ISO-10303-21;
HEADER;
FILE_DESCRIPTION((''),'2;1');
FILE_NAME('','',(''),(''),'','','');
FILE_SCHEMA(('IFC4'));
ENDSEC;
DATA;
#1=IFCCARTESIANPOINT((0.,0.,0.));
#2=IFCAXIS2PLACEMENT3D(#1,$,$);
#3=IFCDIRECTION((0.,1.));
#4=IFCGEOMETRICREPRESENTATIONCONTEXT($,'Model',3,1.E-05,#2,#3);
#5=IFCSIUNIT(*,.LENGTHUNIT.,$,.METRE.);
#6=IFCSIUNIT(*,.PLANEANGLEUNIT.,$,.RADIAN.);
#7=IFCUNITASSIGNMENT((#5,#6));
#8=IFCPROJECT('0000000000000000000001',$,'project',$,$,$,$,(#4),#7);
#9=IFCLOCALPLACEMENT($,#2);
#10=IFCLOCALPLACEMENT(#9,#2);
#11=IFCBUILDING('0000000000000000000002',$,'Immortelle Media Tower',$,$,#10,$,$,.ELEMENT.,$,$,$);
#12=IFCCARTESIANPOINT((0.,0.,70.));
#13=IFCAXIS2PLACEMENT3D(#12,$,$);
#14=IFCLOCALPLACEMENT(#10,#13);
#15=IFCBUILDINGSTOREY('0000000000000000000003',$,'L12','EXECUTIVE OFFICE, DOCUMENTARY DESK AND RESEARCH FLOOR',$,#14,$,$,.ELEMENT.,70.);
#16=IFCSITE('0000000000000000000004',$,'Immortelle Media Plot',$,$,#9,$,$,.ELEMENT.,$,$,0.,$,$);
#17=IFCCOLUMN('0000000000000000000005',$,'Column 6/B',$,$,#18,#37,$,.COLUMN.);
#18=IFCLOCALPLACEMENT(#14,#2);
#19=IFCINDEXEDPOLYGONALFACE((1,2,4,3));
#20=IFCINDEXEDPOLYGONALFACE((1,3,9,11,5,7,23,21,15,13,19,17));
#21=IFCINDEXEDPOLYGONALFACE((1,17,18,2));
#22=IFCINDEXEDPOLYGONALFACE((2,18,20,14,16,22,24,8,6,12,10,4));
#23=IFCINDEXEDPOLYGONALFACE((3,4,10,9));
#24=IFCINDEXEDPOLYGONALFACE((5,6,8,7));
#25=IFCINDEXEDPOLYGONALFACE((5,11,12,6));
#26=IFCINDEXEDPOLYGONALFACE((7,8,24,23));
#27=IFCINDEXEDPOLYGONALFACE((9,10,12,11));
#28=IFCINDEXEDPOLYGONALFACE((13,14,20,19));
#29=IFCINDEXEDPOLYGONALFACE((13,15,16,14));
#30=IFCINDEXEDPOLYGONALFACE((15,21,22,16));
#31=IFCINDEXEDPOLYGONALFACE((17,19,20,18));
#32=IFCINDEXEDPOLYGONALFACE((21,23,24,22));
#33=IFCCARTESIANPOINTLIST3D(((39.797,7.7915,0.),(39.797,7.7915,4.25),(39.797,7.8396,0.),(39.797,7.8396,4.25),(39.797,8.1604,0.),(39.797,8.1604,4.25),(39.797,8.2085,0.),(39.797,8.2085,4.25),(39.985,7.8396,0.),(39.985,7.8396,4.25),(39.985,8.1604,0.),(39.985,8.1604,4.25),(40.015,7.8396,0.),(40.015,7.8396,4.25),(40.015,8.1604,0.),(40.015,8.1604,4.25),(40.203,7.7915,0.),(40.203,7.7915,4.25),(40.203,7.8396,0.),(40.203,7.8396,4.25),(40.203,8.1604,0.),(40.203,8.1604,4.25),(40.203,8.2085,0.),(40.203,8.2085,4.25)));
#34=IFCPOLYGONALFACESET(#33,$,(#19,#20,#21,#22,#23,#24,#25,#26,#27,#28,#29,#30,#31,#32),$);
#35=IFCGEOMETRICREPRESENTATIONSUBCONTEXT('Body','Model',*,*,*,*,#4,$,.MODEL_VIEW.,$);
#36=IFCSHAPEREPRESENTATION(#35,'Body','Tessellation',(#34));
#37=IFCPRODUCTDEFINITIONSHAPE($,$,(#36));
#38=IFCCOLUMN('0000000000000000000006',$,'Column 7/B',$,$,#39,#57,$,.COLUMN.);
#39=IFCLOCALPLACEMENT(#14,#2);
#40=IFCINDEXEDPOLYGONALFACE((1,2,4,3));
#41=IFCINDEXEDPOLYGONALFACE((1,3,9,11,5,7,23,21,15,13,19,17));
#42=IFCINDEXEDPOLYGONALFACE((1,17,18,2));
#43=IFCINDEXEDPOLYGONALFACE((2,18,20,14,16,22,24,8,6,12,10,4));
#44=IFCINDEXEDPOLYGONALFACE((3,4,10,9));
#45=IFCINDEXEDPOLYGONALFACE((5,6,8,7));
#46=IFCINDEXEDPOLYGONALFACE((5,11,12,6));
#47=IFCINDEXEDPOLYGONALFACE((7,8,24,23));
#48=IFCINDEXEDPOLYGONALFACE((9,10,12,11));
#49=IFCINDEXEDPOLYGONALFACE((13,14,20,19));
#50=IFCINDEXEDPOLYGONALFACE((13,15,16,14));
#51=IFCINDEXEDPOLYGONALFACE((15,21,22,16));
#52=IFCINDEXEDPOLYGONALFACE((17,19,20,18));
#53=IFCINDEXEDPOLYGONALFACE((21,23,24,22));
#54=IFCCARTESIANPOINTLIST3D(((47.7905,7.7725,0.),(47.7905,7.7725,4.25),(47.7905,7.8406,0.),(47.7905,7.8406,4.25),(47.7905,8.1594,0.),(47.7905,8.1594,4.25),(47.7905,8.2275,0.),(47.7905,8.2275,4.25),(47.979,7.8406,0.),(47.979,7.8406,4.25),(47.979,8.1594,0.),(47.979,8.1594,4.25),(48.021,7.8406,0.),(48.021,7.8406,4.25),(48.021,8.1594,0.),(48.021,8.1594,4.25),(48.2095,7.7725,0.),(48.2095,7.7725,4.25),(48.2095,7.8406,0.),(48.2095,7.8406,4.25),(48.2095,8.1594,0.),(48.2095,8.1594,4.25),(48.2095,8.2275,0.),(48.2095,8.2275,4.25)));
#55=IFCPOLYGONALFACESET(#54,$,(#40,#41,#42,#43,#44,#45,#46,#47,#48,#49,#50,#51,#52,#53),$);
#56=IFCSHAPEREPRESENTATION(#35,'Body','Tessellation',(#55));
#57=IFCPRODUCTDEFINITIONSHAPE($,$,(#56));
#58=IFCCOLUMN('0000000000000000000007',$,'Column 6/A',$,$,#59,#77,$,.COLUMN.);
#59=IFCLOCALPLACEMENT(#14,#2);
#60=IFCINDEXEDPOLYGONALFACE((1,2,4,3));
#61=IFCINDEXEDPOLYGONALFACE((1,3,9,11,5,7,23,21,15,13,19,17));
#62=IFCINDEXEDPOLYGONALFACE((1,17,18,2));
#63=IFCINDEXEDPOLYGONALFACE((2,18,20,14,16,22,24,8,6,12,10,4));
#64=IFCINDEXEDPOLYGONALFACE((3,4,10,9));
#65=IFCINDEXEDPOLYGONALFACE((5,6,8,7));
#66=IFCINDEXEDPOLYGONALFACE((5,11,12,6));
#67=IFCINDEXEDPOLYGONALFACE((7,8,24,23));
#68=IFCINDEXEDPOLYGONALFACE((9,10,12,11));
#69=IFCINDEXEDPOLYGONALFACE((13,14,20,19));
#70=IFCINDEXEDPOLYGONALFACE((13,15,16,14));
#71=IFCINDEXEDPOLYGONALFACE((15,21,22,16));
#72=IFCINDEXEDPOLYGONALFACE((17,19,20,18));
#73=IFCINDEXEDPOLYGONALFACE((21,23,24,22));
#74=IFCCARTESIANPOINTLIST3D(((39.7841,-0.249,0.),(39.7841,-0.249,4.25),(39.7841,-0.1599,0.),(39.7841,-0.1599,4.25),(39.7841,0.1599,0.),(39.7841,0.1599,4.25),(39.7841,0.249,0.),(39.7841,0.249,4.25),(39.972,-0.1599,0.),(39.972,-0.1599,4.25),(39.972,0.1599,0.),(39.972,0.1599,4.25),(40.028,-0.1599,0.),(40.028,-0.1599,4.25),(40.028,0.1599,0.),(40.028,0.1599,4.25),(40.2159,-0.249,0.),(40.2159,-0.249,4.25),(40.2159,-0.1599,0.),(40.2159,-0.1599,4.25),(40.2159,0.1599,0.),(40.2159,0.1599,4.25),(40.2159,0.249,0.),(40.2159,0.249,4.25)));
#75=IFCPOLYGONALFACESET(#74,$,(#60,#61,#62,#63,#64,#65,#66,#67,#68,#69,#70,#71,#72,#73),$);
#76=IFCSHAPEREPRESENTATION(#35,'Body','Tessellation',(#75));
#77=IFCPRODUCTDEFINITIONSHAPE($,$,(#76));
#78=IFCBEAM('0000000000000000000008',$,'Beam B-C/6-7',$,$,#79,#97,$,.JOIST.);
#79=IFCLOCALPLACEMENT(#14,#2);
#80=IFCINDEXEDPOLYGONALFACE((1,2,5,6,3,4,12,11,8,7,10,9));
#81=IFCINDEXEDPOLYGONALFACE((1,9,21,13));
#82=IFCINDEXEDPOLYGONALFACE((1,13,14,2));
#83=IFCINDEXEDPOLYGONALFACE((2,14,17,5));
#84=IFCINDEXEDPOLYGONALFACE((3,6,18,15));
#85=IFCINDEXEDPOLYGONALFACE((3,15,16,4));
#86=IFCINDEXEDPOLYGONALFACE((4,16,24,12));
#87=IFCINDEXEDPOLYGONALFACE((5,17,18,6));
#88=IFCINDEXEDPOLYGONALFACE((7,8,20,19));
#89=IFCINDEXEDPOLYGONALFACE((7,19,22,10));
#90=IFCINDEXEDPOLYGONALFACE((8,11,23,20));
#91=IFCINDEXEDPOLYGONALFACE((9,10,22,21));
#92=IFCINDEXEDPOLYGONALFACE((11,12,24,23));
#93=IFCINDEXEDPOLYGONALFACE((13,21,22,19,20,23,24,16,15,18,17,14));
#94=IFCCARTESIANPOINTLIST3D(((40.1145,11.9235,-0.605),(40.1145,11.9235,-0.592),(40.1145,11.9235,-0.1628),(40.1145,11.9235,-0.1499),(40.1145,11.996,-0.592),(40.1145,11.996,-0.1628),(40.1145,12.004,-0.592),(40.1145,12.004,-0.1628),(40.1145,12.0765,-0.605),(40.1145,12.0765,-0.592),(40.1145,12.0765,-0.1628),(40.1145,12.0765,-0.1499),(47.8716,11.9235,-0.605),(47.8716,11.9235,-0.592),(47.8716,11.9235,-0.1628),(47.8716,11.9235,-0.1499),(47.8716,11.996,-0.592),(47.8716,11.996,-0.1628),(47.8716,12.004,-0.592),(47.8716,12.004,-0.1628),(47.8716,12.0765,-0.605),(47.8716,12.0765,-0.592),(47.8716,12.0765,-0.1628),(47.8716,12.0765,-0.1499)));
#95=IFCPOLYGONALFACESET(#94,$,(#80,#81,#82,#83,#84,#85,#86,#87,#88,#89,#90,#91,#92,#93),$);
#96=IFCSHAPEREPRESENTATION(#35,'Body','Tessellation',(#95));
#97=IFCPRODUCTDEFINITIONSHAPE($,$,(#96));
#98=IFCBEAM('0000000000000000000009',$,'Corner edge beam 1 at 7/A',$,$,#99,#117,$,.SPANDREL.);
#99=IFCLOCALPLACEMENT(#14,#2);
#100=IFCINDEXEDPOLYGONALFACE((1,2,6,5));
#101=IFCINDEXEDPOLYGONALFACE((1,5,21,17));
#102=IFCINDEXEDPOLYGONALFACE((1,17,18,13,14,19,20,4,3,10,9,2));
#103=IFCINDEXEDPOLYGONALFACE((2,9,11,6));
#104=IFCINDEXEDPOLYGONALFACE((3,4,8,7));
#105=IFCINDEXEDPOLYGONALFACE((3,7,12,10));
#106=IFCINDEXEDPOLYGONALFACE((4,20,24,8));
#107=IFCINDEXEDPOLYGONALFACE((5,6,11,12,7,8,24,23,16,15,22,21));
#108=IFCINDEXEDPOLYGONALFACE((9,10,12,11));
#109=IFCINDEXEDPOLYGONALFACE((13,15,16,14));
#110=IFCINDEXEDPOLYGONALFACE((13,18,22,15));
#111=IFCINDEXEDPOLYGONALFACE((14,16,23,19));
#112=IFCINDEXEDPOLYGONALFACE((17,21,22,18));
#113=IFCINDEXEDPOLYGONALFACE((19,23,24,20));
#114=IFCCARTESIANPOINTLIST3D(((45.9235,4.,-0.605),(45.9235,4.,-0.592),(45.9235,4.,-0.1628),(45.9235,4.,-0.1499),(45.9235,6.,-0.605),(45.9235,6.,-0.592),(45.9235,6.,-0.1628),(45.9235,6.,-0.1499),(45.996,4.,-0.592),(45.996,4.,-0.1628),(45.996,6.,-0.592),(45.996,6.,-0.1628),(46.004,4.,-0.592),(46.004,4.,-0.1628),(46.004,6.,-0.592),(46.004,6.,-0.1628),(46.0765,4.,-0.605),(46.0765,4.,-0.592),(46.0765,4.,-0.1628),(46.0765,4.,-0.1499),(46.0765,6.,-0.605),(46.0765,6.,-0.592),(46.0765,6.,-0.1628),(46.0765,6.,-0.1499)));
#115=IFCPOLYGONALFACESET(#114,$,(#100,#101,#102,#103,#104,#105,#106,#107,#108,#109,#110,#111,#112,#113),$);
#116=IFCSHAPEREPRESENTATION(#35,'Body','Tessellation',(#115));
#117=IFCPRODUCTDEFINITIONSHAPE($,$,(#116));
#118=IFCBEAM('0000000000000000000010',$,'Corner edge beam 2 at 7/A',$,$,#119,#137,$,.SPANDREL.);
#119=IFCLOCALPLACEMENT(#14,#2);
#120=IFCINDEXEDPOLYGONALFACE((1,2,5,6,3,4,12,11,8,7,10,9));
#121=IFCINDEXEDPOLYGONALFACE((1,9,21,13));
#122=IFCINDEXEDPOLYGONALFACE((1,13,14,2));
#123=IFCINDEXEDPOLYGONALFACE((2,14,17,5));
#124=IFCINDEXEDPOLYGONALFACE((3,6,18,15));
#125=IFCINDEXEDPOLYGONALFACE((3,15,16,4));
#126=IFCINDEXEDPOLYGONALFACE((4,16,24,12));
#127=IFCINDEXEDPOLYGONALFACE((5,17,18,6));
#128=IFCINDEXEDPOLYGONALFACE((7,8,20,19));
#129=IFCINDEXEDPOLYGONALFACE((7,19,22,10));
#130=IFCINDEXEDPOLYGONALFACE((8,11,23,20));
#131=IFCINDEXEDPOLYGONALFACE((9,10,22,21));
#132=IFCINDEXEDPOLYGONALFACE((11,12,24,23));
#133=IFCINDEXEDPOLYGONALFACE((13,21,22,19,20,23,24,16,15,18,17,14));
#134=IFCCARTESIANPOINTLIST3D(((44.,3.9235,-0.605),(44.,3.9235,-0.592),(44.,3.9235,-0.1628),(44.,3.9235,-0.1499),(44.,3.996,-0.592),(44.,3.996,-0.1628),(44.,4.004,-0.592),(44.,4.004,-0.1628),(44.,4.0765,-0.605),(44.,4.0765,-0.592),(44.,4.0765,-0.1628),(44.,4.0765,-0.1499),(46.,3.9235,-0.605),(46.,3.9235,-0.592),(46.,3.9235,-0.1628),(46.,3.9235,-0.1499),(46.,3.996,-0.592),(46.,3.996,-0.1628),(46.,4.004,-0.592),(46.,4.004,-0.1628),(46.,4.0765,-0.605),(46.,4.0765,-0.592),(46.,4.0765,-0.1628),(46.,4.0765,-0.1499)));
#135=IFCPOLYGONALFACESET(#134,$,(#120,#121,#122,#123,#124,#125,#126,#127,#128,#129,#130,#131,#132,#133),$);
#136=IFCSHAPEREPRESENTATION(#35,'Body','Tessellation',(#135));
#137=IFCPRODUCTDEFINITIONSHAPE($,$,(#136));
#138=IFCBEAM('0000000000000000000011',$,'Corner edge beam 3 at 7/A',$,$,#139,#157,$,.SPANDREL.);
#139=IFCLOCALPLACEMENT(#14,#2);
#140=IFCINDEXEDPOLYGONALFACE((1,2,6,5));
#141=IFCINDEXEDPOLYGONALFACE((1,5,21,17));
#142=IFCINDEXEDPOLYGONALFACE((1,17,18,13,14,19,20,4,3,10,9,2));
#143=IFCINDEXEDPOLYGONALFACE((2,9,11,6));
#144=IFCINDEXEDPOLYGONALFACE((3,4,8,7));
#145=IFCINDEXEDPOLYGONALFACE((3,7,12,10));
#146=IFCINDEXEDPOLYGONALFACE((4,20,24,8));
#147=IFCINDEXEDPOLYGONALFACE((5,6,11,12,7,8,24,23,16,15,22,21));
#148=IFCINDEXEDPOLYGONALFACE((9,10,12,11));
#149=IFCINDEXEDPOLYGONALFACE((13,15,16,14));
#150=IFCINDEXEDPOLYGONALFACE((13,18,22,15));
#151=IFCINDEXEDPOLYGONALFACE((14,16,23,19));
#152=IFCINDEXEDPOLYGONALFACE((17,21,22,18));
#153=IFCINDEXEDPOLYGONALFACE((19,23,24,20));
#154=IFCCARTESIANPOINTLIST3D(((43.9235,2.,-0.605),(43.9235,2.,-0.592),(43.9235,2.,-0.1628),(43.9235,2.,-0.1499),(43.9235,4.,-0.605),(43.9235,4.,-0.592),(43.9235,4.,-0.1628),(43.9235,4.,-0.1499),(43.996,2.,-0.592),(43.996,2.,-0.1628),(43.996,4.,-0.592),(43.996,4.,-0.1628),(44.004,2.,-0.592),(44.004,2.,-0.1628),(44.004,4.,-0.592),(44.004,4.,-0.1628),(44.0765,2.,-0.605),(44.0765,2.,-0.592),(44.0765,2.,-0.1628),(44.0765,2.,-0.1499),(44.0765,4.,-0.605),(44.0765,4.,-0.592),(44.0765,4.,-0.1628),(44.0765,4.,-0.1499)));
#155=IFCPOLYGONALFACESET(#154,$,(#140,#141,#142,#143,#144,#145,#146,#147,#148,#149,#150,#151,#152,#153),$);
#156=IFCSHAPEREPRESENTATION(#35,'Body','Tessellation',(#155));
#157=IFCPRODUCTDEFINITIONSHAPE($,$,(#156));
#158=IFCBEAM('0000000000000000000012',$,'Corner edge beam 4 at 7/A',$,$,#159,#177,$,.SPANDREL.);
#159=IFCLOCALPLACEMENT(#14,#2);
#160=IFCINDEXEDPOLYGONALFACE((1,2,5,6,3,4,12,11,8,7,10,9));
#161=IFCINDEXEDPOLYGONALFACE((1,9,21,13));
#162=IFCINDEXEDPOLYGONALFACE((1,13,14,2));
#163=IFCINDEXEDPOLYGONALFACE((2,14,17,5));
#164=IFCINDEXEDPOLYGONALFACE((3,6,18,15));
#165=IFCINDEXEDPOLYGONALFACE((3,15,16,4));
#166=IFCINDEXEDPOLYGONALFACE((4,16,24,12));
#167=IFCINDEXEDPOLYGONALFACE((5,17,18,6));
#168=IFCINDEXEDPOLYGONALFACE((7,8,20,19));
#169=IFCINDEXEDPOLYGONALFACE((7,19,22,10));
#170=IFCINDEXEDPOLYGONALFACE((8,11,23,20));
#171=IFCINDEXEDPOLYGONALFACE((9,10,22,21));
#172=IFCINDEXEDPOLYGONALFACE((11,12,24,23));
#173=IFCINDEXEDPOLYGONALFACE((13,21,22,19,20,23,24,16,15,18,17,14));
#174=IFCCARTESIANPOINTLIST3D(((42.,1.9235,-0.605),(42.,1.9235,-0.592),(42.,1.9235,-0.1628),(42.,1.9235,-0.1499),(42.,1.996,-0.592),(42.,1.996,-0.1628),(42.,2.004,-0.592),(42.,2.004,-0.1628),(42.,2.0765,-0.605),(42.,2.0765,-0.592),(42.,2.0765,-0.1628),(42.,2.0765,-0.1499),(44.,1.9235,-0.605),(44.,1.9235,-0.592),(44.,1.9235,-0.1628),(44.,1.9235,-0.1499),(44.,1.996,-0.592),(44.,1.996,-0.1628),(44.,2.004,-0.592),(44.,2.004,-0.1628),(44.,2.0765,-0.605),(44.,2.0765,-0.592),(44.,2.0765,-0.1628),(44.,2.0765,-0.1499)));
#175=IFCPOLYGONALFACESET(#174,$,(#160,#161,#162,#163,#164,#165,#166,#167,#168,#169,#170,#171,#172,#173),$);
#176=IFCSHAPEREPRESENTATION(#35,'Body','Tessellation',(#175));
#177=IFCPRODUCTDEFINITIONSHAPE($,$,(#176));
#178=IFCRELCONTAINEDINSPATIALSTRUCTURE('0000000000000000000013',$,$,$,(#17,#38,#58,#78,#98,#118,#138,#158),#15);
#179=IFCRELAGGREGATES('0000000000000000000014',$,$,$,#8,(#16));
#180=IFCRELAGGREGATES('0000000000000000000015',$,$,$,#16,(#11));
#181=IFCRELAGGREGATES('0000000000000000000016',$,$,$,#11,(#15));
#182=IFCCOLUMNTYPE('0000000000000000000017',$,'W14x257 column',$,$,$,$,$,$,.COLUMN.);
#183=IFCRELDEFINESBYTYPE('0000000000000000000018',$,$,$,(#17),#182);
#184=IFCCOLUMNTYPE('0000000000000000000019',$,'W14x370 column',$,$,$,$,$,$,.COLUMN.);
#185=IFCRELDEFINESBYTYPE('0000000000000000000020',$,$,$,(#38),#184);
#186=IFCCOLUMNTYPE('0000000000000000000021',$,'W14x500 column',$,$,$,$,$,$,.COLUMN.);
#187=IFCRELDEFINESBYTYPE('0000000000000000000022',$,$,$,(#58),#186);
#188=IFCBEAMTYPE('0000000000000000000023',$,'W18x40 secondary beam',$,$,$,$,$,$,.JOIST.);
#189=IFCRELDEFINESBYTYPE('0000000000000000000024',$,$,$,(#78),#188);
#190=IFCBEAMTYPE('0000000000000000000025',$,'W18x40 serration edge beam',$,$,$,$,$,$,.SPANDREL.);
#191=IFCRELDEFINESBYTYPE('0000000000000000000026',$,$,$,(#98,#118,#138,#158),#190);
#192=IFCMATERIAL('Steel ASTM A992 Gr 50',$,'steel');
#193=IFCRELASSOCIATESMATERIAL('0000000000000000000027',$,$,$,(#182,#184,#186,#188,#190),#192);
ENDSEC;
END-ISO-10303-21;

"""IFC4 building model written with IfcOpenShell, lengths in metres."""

from ifc_helpers import new_model, si_unit, direction, frame, origin, origin_2d, place, context, subcontext, project, spatial, i_section, extrude, material, material_profile, profile_set, type_object, element, save


model = new_model("IFC4")

# Units and contexts
model_context = context("Model", 3, precision=1e-05, world=origin(), true_north=direction((0.0, 1.0)))
body_context = subcontext(model_context, "Body", "Model", "MODEL_VIEW")
ifc_project = project(units=[si_unit("LENGTHUNIT", "METRE"), si_unit("PLANEANGLEUNIT", "RADIAN")], contexts=[model_context])

# Site, building, storey
site_placement = place(None, origin())
site = spatial("IfcSite", under=ifc_project, at=site_placement, Name="Immortelle Media Plot", CompositionType="ELEMENT", RefElevation=0.0)
building_placement = place(site_placement, origin())
building = spatial("IfcBuilding", under=site, at=building_placement, Name="Immortelle Media Tower", CompositionType="ELEMENT")
storey_placement = place(building_placement, frame((0.0, 0.0, 70.0)))
storey = spatial("IfcBuildingStorey", under=building, at=storey_placement, Name="L12", Description="EXECUTIVE OFFICE, DOCUMENTARY DESK AND RESEARCH FLOOR", CompositionType="ELEMENT", Elevation=70.0)

# Columns
ifc_material_1 = material(Name="Steel ASTM A992 Gr 50", Category="steel")
ifc_material_profile_1 = material_profile(ifc_material_1, i_section(OverallWidth=0.406, OverallDepth=0.417, WebThickness=0.03, FlangeThickness=0.0481, at=origin_2d()), Name="W14x257")
ifc_profile_set_1 = profile_set([ifc_material_profile_1], Name="Steel ASTM A992 Gr 50")
column_type_1 = type_object("IfcColumnType", Name="W14x257 column", PredefinedType="COLUMN", material=ifc_profile_set_1)
column_1_placement = place(storey_placement, frame((40.0, 8.0, 0.0), z_axis=(0.0, 0.0, 1.0), x_axis=(1.0, 0.0, 0.0)))
element("IfcColumn", 1, at=column_1_placement, inside=storey, type_object=column_type_1, Name="Column 6/B", PredefinedType="COLUMN", context=body_context, shape_type="SweptSolid", body=[
    extrude(i_section(OverallWidth=0.406, OverallDepth=0.417, WebThickness=0.03, FlangeThickness=0.0481, at=origin_2d()), origin(), (0.0, 0.0, 1.0), 4.25),
])
ifc_material_profile_2 = material_profile(ifc_material_1, i_section(OverallWidth=0.4189, OverallDepth=0.4551, WebThickness=0.042, FlangeThickness=0.0681, at=origin_2d()), Name="W14x370")
ifc_profile_set_2 = profile_set([ifc_material_profile_2], Name="Steel ASTM A992 Gr 50")
column_type_2 = type_object("IfcColumnType", Name="W14x370 column", PredefinedType="COLUMN", material=ifc_profile_set_2)
column_2_placement = place(storey_placement, frame((48.0, 8.0, 0.0), z_axis=(0.0, 0.0, 1.0), x_axis=(1.0, 0.0, 0.0)))
element("IfcColumn", 2, at=column_2_placement, inside=storey, type_object=column_type_2, Name="Column 7/B", PredefinedType="COLUMN", context=body_context, shape_type="SweptSolid", body=[
    extrude(i_section(OverallWidth=0.4189, OverallDepth=0.4551, WebThickness=0.042, FlangeThickness=0.0681, at=origin_2d()), origin(), (0.0, 0.0, 1.0), 4.25),
])
ifc_material_profile_3 = material_profile(ifc_material_1, i_section(OverallWidth=0.4319, OverallDepth=0.498, WebThickness=0.0559, FlangeThickness=0.0891, at=origin_2d()), Name="W14x500")
ifc_profile_set_3 = profile_set([ifc_material_profile_3], Name="Steel ASTM A992 Gr 50")
column_type_3 = type_object("IfcColumnType", Name="W14x500 column", PredefinedType="COLUMN", material=ifc_profile_set_3)
column_3_placement = place(storey_placement, frame((40.0, 0.0, 0.0), z_axis=(0.0, 0.0, 1.0), x_axis=(1.0, 0.0, 0.0)))
element("IfcColumn", 3, at=column_3_placement, inside=storey, type_object=column_type_3, Name="Column 6/A", PredefinedType="COLUMN", context=body_context, shape_type="SweptSolid", body=[
    extrude(i_section(OverallWidth=0.4319, OverallDepth=0.498, WebThickness=0.0559, FlangeThickness=0.0891, at=origin_2d()), origin(), (0.0, 0.0, 1.0), 4.25),
])

# Beams
ifc_material_profile_4 = material_profile(ifc_material_1, i_section(OverallWidth=0.1531, OverallDepth=0.4551, WebThickness=0.0081, FlangeThickness=0.0129, at=origin_2d()), Name="W18x40")
ifc_profile_set_4 = profile_set([ifc_material_profile_4], Name="Steel ASTM A992 Gr 50")
beam_type_1 = type_object("IfcBeamType", Name="W18x40 secondary beam", PredefinedType="JOIST", material=ifc_profile_set_4)
beam_1_placement = place(storey_placement, frame((40.1145, 12.0, -0.3774), z_axis=(1.0, 0.0, 0.0), x_axis=(0.0, 1.0, 0.0)))
element("IfcBeam", 4, at=beam_1_placement, inside=storey, type_object=beam_type_1, Name="Beam B-C/6-7", PredefinedType="JOIST", context=body_context, shape_type="SweptSolid", body=[
    extrude(i_section(OverallWidth=0.1531, OverallDepth=0.4551, WebThickness=0.0081, FlangeThickness=0.0129, at=origin_2d()), origin(), (0.0, 0.0, 1.0), 7.7571),
])
ifc_material_profile_5 = material_profile(ifc_material_1, i_section(OverallWidth=0.1531, OverallDepth=0.4551, WebThickness=0.0081, FlangeThickness=0.0129, at=origin_2d()), Name="W18x40")
ifc_profile_set_5 = profile_set([ifc_material_profile_5], Name="Steel ASTM A992 Gr 50")
beam_type_2 = type_object("IfcBeamType", Name="W18x40 serration edge beam", PredefinedType="SPANDREL", material=ifc_profile_set_5)
for number, where, z_axis, x_axis, name in (
    (5, (46.0, 6.0, -0.3774), (0.0, -1.0, 0.0), (1.0, 0.0, 0.0), "Corner edge beam 1 at 7/A"),
    (6, (46.0, 4.0, -0.3774), (-1.0, 0.0, 0.0), (0.0, -1.0, 0.0), "Corner edge beam 2 at 7/A"),
    (7, (44.0, 4.0, -0.3774), (0.0, -1.0, 0.0), (1.0, 0.0, 0.0), "Corner edge beam 3 at 7/A"),
    (8, (44.0, 2.0, -0.3774), (-1.0, 0.0, 0.0), (0.0, -1.0, 0.0), "Corner edge beam 4 at 7/A"),
):
    element("IfcBeam", number, at=place(storey_placement, frame(where, z_axis=z_axis, x_axis=x_axis)), inside=storey, type_object=beam_type_2, Name=name, PredefinedType="SPANDREL", context=body_context, shape_type="SweptSolid", body=[
        extrude(i_section(OverallWidth=0.1531, OverallDepth=0.4551, WebThickness=0.0081, FlangeThickness=0.0129, at=origin_2d()), origin(), (0.0, 0.0, 1.0), 2.0),
    ])

save(model, "model.ifc")
